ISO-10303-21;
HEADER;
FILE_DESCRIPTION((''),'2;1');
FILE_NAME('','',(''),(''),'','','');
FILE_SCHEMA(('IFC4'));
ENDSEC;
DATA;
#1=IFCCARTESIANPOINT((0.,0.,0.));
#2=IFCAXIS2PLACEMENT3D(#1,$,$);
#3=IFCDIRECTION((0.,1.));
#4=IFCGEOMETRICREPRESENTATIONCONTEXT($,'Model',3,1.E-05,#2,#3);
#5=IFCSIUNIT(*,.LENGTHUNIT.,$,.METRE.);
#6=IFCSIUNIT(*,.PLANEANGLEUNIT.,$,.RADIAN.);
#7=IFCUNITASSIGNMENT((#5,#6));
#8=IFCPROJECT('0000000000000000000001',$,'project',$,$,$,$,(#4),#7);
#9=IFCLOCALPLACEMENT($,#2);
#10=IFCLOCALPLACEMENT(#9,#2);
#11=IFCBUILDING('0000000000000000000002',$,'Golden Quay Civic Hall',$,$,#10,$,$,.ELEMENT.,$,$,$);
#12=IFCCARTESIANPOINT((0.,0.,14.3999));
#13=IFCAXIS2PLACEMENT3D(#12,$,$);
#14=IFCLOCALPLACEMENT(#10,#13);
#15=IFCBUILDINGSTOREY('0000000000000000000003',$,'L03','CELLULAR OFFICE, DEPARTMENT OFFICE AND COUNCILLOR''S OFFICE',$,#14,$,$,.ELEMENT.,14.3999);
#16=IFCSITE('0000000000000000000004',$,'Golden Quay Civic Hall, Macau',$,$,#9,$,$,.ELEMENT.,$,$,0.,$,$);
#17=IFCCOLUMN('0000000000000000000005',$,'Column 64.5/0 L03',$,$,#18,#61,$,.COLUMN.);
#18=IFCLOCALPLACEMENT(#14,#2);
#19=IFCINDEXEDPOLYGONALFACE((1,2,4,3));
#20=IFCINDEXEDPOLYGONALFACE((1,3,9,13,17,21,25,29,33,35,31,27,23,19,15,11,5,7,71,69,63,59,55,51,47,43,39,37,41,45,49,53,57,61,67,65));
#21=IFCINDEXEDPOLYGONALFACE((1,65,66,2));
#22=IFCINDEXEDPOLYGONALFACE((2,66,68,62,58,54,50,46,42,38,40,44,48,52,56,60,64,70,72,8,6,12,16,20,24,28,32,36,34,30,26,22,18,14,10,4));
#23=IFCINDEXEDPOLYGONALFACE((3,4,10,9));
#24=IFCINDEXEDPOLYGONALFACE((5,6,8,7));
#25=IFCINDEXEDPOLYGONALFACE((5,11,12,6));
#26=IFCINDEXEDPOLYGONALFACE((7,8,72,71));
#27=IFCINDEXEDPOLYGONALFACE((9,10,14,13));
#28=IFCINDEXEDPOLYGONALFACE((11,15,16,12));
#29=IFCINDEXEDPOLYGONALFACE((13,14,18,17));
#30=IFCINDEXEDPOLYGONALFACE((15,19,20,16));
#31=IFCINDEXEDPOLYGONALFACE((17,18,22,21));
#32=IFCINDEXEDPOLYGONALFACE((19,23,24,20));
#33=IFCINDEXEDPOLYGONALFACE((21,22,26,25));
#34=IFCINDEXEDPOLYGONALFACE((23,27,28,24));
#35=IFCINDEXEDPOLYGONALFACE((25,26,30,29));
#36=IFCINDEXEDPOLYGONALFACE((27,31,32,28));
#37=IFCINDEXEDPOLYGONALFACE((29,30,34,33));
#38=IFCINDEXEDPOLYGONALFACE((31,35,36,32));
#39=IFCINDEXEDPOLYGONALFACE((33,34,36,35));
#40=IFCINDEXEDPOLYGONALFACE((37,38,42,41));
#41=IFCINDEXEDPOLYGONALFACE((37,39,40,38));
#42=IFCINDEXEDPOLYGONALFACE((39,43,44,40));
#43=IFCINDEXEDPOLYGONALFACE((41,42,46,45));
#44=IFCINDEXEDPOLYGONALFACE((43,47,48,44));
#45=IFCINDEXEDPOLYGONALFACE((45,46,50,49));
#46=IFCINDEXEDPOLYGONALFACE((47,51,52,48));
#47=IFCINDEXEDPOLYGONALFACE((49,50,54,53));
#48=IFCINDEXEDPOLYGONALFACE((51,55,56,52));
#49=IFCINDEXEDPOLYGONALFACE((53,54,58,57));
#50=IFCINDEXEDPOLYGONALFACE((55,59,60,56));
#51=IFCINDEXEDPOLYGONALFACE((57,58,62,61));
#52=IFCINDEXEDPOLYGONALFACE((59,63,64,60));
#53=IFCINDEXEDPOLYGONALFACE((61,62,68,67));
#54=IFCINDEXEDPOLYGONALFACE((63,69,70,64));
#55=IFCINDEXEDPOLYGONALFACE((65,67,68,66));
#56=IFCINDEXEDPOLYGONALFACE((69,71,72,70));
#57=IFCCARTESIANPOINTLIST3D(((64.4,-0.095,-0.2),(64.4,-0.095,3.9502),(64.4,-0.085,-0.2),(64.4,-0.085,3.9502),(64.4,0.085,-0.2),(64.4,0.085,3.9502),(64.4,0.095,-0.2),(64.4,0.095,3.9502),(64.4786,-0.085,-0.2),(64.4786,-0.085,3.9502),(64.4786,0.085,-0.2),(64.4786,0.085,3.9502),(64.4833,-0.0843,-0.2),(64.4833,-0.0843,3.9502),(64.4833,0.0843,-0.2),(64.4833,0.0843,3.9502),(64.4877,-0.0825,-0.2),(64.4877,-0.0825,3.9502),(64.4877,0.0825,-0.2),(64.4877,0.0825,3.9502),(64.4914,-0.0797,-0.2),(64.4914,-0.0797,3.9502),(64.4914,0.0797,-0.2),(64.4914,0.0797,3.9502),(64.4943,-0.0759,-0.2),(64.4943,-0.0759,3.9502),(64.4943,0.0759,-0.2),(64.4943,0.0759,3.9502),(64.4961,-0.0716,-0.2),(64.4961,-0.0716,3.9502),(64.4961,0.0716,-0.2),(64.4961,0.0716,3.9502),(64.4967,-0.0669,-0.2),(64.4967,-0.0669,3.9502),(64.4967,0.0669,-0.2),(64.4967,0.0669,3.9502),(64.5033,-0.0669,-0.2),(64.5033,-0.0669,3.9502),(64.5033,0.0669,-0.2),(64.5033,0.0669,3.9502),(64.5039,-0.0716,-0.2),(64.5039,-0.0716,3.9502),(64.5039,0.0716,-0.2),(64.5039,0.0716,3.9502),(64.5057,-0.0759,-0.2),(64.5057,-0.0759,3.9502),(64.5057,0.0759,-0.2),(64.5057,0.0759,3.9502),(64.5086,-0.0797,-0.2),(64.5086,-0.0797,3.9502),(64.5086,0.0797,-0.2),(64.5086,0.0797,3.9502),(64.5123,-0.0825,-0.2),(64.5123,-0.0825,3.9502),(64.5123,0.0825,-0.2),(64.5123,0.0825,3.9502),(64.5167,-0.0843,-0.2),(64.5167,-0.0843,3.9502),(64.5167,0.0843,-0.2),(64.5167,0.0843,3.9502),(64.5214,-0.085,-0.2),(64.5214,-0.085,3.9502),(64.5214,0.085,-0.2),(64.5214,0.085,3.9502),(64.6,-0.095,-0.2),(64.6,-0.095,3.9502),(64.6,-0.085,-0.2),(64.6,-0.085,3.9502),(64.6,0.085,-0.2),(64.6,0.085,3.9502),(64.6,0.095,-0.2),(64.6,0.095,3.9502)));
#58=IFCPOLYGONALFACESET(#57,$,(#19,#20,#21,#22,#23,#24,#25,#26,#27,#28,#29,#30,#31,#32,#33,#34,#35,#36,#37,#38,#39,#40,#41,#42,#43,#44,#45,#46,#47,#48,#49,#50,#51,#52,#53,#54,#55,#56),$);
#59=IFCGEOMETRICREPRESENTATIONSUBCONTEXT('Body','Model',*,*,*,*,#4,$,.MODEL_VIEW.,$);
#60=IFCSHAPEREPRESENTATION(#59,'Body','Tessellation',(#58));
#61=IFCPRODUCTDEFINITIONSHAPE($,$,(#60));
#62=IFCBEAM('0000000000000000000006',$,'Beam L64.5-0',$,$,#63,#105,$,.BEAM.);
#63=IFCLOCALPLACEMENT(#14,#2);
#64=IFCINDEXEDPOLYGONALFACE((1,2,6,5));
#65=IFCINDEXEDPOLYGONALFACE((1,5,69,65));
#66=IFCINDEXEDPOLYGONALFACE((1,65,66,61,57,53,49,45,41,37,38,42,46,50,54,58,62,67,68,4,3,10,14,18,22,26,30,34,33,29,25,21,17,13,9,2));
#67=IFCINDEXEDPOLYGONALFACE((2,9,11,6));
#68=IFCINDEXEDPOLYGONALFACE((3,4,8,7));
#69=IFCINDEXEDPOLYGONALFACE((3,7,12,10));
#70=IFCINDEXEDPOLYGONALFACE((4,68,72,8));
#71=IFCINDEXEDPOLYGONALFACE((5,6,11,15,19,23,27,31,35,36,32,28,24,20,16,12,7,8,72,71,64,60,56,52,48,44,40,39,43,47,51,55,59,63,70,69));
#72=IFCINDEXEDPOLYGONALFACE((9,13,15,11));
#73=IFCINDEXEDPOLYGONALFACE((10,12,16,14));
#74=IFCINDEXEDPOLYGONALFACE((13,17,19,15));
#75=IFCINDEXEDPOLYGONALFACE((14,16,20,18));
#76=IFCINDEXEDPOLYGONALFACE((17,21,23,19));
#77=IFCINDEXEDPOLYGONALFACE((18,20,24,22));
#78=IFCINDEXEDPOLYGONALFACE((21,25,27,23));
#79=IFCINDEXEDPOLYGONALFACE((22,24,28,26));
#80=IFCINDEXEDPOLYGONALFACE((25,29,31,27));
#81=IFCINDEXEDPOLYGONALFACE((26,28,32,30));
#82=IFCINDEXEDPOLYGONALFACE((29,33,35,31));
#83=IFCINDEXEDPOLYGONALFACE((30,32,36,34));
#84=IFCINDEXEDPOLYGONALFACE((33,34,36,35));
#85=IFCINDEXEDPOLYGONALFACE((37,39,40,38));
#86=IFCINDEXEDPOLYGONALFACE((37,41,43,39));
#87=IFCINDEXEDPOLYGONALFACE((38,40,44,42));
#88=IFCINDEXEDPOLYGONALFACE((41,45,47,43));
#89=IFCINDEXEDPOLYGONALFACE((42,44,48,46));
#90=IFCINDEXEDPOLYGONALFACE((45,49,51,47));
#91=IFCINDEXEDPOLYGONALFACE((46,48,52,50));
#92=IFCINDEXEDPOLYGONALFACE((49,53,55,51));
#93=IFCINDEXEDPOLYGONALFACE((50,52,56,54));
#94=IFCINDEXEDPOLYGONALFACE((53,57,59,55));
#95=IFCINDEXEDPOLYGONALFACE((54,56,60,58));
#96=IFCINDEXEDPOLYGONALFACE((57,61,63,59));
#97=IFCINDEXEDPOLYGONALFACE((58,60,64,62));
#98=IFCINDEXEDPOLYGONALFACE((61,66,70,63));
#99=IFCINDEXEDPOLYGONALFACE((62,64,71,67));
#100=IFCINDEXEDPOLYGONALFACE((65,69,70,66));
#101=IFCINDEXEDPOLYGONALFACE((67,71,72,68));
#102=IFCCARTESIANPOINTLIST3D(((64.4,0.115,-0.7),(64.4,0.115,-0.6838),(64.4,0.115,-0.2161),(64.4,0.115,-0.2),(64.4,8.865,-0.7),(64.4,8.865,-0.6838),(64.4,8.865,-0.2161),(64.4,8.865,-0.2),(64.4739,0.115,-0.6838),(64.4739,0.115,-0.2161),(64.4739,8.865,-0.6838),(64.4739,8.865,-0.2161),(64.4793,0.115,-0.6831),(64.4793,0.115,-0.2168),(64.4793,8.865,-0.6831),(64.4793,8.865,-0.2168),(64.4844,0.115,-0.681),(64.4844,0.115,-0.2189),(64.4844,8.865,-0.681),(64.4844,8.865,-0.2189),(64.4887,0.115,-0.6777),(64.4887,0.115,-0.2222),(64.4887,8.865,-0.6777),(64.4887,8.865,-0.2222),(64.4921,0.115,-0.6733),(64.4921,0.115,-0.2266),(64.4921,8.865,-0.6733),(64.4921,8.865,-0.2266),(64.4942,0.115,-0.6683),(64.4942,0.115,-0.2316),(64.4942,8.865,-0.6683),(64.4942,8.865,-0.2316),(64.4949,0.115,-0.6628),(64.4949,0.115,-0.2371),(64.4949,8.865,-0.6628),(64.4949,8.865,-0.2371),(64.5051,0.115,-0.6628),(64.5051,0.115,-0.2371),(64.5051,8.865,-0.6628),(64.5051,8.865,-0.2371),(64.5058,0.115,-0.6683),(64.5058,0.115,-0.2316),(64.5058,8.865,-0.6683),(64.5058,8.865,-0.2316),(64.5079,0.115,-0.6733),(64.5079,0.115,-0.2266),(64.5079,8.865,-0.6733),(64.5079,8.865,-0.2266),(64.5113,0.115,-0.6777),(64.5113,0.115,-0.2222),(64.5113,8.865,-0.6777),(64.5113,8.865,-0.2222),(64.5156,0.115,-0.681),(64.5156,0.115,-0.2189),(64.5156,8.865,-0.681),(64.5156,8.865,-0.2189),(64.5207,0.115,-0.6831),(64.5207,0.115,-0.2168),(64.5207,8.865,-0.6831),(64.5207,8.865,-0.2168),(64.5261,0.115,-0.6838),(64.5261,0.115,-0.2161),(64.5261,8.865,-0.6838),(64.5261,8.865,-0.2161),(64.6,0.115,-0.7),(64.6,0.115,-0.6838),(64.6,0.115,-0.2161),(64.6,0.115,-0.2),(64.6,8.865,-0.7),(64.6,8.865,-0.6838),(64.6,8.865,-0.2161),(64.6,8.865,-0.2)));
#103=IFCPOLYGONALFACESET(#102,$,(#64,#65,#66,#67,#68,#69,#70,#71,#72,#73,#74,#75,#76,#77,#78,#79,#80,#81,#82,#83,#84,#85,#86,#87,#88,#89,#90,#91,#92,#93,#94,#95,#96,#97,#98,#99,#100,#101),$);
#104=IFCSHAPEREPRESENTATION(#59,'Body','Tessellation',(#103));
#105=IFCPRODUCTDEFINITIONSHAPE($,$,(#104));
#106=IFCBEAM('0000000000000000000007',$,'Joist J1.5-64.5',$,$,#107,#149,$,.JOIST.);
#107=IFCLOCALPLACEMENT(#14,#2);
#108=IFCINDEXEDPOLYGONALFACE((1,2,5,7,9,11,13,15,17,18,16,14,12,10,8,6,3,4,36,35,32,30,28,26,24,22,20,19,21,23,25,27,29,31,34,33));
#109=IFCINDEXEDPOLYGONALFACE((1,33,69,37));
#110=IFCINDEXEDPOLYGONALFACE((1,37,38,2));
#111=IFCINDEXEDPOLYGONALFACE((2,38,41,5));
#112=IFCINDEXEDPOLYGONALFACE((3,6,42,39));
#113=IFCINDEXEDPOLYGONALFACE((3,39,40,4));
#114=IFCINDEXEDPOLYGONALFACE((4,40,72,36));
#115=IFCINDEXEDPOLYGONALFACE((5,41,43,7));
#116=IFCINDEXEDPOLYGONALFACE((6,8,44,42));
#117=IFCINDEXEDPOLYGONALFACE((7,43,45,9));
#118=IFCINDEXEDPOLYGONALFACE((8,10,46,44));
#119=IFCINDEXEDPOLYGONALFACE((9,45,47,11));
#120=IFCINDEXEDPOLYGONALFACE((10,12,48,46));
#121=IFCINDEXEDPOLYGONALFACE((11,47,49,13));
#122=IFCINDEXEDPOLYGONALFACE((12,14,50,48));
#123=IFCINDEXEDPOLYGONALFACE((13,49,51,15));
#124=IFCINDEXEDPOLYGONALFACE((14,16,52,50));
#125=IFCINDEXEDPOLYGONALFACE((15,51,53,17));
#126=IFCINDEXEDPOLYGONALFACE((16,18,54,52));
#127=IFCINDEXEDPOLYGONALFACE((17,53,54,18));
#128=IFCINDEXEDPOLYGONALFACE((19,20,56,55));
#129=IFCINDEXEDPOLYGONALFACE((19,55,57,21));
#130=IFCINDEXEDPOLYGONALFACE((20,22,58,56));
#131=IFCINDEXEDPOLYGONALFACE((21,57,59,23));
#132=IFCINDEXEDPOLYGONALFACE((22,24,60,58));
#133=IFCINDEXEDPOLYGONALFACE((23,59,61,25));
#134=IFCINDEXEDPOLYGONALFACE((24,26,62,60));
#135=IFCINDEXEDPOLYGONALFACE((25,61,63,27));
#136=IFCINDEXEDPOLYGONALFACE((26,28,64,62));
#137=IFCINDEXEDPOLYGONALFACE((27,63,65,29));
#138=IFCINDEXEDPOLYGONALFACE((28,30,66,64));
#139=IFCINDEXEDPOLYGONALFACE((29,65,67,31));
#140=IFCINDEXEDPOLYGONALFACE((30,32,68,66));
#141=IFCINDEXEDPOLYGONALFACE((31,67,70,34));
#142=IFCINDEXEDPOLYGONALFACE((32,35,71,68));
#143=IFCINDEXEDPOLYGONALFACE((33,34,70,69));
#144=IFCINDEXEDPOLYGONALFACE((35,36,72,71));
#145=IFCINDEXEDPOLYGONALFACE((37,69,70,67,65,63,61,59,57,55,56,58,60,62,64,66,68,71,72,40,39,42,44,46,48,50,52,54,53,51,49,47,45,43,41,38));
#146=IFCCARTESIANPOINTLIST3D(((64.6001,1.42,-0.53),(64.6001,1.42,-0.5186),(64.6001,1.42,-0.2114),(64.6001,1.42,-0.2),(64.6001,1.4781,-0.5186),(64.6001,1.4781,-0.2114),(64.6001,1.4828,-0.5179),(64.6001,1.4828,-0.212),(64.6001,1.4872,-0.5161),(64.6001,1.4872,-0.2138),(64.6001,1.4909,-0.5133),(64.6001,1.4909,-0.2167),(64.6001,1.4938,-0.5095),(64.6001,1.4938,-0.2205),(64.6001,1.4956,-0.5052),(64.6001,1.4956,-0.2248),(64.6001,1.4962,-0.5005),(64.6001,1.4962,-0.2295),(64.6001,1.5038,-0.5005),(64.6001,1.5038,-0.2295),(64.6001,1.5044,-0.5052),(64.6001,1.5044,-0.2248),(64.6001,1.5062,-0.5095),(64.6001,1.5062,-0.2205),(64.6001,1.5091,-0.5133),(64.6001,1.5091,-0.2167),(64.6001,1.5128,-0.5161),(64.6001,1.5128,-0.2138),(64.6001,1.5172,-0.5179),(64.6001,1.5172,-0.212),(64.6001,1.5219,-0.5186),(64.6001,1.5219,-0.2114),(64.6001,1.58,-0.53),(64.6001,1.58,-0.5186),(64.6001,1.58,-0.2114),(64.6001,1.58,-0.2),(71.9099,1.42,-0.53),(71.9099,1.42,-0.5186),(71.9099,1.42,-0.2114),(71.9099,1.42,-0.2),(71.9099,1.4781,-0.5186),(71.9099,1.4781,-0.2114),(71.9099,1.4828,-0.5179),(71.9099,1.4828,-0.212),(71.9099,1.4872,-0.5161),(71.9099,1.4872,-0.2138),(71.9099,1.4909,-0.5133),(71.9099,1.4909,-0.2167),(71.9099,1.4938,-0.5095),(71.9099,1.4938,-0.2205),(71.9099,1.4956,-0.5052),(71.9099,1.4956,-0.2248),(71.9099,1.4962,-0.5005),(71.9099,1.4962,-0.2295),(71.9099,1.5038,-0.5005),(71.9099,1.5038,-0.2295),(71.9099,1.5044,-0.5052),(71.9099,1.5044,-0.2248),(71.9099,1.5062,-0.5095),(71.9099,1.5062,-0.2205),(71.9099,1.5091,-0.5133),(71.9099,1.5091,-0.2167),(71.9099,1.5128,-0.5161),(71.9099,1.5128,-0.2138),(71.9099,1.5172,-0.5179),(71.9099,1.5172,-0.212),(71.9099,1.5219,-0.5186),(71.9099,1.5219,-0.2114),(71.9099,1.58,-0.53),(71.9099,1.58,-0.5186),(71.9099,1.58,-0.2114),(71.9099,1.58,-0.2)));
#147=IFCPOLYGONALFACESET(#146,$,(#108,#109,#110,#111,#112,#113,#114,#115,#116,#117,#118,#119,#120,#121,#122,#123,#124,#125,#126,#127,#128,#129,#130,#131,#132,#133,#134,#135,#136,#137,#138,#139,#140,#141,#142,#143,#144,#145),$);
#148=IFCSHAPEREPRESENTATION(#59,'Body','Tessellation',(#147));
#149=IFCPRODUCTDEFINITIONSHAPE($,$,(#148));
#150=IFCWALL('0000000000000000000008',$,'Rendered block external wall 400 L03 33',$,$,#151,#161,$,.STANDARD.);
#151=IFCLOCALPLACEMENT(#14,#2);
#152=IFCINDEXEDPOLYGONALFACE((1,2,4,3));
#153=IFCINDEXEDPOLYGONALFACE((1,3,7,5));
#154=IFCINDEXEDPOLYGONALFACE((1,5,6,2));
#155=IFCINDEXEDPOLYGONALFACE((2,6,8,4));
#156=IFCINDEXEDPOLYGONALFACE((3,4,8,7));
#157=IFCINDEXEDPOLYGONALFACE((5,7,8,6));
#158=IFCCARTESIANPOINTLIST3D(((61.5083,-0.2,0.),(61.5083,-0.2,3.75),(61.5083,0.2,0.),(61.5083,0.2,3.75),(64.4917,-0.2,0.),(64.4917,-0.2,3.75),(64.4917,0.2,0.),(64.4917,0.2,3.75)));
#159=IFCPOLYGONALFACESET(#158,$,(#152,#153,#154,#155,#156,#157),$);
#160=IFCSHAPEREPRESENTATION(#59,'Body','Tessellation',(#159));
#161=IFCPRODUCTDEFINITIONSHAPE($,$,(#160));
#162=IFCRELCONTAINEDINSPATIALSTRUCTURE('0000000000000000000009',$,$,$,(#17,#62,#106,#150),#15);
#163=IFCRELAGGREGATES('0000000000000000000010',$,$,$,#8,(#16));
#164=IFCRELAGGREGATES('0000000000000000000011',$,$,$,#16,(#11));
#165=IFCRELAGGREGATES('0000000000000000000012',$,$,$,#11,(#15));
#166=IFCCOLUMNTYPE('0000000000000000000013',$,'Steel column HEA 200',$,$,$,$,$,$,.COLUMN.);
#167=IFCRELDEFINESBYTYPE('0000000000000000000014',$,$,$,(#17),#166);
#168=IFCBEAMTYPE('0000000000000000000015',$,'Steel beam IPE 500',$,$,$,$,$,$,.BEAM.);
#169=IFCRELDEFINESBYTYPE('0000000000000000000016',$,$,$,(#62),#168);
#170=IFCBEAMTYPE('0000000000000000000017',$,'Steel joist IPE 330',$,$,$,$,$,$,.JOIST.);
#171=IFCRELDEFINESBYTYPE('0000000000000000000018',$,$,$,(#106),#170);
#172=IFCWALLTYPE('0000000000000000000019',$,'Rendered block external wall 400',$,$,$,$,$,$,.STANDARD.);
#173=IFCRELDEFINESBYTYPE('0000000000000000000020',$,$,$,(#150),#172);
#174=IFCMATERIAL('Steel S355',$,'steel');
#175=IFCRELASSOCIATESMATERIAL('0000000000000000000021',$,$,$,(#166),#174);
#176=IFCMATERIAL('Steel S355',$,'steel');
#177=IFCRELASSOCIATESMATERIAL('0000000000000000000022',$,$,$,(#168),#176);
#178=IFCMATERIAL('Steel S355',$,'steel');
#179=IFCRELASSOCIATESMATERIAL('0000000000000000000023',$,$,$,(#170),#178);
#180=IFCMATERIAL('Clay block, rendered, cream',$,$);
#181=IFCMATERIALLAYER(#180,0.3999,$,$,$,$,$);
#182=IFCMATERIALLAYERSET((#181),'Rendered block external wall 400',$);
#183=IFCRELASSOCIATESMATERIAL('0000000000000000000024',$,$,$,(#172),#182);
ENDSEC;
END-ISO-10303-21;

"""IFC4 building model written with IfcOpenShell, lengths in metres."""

from ifc_helpers import new_model, si_unit, direction, frame, frame_2d, origin, origin_2d, place, context, subcontext, project, spatial, rectangle, i_section, extrude, material, layer, layer_set, material_profile, profile_set, type_object, element, save


model = new_model("IFC4")

# Units and contexts
model_context = context("Model", 3, precision=1e-05, world=origin(), true_north=direction((0.0, 1.0)))
body_context = subcontext(model_context, "Body", "Model", "MODEL_VIEW")
ifc_project = project(units=[si_unit("LENGTHUNIT", "METRE"), si_unit("PLANEANGLEUNIT", "RADIAN")], contexts=[model_context])

# Site, building, storey
site_placement = place(None, origin())
site = spatial("IfcSite", under=ifc_project, at=site_placement, Name="Golden Quay Civic Hall, Macau", CompositionType="ELEMENT", RefElevation=0.0)
building_placement = place(site_placement, origin())
building = spatial("IfcBuilding", under=site, at=building_placement, Name="Golden Quay Civic Hall", CompositionType="ELEMENT")
storey_placement = place(building_placement, frame((0.0, 0.0, 14.3999)))
storey = spatial("IfcBuildingStorey", under=building, at=storey_placement, Name="L03", Description="CELLULAR OFFICE, DEPARTMENT OFFICE AND COUNCILLOR'S OFFICE", CompositionType="ELEMENT", Elevation=14.3999)

# Column
ifc_material_1 = material(Name="Steel S355", Category="steel")
ifc_material_profile_1 = material_profile(ifc_material_1, i_section(OverallWidth=0.2, OverallDepth=0.1899, WebThickness=0.0066, FlangeThickness=0.01, FilletRadius=0.0181, at=origin_2d()), Name="HEA 200")
ifc_profile_set_1 = profile_set([ifc_material_profile_1], Name="Steel S355")
column_type = type_object("IfcColumnType", Name="Steel column HEA 200", PredefinedType="COLUMN", material=ifc_profile_set_1)
column_placement = place(storey_placement, frame((64.5, 0.0, -0.2), z_axis=(0.0, 0.0, 1.0), x_axis=(1.0, 0.0, 0.0)))
element("IfcColumn", 1, at=column_placement, inside=storey, type_object=column_type, Name="Column 64.5/0 L03", PredefinedType="COLUMN", context=body_context, shape_type="SweptSolid", body=[
    extrude(i_section(OverallWidth=0.2, OverallDepth=0.1899, WebThickness=0.0066, FlangeThickness=0.01, FilletRadius=0.0181, at=origin_2d()), origin(), (0.0, 0.0, 1.0), 4.1501),
])

# Beams
ifc_material_2 = material(Name="Steel S355", Category="steel")
ifc_material_profile_2 = material_profile(ifc_material_2, i_section(OverallWidth=0.2, OverallDepth=0.5, WebThickness=0.0103, FlangeThickness=0.0161, FilletRadius=0.021, at=origin_2d()), Name="IPE 500")
ifc_profile_set_2 = profile_set([ifc_material_profile_2], Name="Steel S355")
beam_type_1 = type_object("IfcBeamType", Name="Steel beam IPE 500", PredefinedType="BEAM", material=ifc_profile_set_2)
beam_1_placement = place(storey_placement, frame((64.5, 0.115, -0.45), z_axis=(0.0, 1.0, 0.0), x_axis=(-1.0, 0.0, 0.0)))
element("IfcBeam", 2, at=beam_1_placement, inside=storey, type_object=beam_type_1, Name="Beam L64.5-0", PredefinedType="BEAM", context=body_context, shape_type="SweptSolid", body=[
    extrude(i_section(OverallWidth=0.2, OverallDepth=0.5, WebThickness=0.0103, FlangeThickness=0.0161, FilletRadius=0.021, at=origin_2d()), origin(), (0.0, 0.0, 1.0), 8.75),
])
ifc_material_3 = material(Name="Steel S355", Category="steel")
ifc_material_profile_3 = material_profile(ifc_material_3, i_section(OverallWidth=0.1599, OverallDepth=0.3301, WebThickness=0.0076, FlangeThickness=0.0115, FilletRadius=0.0181, at=origin_2d()), Name="IPE 330")
ifc_profile_set_3 = profile_set([ifc_material_profile_3], Name="Steel S355")
beam_type_2 = type_object("IfcBeamType", Name="Steel joist IPE 330", PredefinedType="JOIST", material=ifc_profile_set_3)
beam_2_placement = place(storey_placement, frame((64.6001, 1.5, -0.365), z_axis=(1.0, 0.0, 0.0), x_axis=(0.0, 1.0, 0.0)))
element("IfcBeam", 3, at=beam_2_placement, inside=storey, type_object=beam_type_2, Name="Joist J1.5-64.5", PredefinedType="JOIST", context=body_context, shape_type="SweptSolid", body=[
    extrude(i_section(OverallWidth=0.1599, OverallDepth=0.3301, WebThickness=0.0076, FlangeThickness=0.0115, FilletRadius=0.0181, at=origin_2d()), origin(), (0.0, 0.0, 1.0), 7.3098),
])

# Wall
ifc_material_4 = material(Name="Clay block, rendered, cream")
ifc_layer_1 = layer(ifc_material_4, 0.3999)
ifc_layer_set_1 = layer_set([ifc_layer_1], Name="Rendered block external wall 400")
wall_type_1 = type_object("IfcWallType", Name="Rendered block external wall 400", PredefinedType="STANDARD", material=ifc_layer_set_1)
wall_1_placement = place(storey_placement, frame((64.4917, 0.0, 0.0), z_axis=(0.0, 0.0, 1.0), x_axis=(-1.0, 0.0, 0.0)))
element("IfcWall", 4, at=wall_1_placement, inside=storey, type_object=wall_type_1, Name="Rendered block external wall 400 L03 33", PredefinedType="STANDARD", context=body_context, shape_type="SweptSolid", body=[
    extrude(rectangle(XDim=2.9834, YDim=0.3999, at=frame_2d((1.4917, 0.0))), origin(), (0.0, 0.0, 1.0), 3.75),
])

save(model, "model.ifc")
